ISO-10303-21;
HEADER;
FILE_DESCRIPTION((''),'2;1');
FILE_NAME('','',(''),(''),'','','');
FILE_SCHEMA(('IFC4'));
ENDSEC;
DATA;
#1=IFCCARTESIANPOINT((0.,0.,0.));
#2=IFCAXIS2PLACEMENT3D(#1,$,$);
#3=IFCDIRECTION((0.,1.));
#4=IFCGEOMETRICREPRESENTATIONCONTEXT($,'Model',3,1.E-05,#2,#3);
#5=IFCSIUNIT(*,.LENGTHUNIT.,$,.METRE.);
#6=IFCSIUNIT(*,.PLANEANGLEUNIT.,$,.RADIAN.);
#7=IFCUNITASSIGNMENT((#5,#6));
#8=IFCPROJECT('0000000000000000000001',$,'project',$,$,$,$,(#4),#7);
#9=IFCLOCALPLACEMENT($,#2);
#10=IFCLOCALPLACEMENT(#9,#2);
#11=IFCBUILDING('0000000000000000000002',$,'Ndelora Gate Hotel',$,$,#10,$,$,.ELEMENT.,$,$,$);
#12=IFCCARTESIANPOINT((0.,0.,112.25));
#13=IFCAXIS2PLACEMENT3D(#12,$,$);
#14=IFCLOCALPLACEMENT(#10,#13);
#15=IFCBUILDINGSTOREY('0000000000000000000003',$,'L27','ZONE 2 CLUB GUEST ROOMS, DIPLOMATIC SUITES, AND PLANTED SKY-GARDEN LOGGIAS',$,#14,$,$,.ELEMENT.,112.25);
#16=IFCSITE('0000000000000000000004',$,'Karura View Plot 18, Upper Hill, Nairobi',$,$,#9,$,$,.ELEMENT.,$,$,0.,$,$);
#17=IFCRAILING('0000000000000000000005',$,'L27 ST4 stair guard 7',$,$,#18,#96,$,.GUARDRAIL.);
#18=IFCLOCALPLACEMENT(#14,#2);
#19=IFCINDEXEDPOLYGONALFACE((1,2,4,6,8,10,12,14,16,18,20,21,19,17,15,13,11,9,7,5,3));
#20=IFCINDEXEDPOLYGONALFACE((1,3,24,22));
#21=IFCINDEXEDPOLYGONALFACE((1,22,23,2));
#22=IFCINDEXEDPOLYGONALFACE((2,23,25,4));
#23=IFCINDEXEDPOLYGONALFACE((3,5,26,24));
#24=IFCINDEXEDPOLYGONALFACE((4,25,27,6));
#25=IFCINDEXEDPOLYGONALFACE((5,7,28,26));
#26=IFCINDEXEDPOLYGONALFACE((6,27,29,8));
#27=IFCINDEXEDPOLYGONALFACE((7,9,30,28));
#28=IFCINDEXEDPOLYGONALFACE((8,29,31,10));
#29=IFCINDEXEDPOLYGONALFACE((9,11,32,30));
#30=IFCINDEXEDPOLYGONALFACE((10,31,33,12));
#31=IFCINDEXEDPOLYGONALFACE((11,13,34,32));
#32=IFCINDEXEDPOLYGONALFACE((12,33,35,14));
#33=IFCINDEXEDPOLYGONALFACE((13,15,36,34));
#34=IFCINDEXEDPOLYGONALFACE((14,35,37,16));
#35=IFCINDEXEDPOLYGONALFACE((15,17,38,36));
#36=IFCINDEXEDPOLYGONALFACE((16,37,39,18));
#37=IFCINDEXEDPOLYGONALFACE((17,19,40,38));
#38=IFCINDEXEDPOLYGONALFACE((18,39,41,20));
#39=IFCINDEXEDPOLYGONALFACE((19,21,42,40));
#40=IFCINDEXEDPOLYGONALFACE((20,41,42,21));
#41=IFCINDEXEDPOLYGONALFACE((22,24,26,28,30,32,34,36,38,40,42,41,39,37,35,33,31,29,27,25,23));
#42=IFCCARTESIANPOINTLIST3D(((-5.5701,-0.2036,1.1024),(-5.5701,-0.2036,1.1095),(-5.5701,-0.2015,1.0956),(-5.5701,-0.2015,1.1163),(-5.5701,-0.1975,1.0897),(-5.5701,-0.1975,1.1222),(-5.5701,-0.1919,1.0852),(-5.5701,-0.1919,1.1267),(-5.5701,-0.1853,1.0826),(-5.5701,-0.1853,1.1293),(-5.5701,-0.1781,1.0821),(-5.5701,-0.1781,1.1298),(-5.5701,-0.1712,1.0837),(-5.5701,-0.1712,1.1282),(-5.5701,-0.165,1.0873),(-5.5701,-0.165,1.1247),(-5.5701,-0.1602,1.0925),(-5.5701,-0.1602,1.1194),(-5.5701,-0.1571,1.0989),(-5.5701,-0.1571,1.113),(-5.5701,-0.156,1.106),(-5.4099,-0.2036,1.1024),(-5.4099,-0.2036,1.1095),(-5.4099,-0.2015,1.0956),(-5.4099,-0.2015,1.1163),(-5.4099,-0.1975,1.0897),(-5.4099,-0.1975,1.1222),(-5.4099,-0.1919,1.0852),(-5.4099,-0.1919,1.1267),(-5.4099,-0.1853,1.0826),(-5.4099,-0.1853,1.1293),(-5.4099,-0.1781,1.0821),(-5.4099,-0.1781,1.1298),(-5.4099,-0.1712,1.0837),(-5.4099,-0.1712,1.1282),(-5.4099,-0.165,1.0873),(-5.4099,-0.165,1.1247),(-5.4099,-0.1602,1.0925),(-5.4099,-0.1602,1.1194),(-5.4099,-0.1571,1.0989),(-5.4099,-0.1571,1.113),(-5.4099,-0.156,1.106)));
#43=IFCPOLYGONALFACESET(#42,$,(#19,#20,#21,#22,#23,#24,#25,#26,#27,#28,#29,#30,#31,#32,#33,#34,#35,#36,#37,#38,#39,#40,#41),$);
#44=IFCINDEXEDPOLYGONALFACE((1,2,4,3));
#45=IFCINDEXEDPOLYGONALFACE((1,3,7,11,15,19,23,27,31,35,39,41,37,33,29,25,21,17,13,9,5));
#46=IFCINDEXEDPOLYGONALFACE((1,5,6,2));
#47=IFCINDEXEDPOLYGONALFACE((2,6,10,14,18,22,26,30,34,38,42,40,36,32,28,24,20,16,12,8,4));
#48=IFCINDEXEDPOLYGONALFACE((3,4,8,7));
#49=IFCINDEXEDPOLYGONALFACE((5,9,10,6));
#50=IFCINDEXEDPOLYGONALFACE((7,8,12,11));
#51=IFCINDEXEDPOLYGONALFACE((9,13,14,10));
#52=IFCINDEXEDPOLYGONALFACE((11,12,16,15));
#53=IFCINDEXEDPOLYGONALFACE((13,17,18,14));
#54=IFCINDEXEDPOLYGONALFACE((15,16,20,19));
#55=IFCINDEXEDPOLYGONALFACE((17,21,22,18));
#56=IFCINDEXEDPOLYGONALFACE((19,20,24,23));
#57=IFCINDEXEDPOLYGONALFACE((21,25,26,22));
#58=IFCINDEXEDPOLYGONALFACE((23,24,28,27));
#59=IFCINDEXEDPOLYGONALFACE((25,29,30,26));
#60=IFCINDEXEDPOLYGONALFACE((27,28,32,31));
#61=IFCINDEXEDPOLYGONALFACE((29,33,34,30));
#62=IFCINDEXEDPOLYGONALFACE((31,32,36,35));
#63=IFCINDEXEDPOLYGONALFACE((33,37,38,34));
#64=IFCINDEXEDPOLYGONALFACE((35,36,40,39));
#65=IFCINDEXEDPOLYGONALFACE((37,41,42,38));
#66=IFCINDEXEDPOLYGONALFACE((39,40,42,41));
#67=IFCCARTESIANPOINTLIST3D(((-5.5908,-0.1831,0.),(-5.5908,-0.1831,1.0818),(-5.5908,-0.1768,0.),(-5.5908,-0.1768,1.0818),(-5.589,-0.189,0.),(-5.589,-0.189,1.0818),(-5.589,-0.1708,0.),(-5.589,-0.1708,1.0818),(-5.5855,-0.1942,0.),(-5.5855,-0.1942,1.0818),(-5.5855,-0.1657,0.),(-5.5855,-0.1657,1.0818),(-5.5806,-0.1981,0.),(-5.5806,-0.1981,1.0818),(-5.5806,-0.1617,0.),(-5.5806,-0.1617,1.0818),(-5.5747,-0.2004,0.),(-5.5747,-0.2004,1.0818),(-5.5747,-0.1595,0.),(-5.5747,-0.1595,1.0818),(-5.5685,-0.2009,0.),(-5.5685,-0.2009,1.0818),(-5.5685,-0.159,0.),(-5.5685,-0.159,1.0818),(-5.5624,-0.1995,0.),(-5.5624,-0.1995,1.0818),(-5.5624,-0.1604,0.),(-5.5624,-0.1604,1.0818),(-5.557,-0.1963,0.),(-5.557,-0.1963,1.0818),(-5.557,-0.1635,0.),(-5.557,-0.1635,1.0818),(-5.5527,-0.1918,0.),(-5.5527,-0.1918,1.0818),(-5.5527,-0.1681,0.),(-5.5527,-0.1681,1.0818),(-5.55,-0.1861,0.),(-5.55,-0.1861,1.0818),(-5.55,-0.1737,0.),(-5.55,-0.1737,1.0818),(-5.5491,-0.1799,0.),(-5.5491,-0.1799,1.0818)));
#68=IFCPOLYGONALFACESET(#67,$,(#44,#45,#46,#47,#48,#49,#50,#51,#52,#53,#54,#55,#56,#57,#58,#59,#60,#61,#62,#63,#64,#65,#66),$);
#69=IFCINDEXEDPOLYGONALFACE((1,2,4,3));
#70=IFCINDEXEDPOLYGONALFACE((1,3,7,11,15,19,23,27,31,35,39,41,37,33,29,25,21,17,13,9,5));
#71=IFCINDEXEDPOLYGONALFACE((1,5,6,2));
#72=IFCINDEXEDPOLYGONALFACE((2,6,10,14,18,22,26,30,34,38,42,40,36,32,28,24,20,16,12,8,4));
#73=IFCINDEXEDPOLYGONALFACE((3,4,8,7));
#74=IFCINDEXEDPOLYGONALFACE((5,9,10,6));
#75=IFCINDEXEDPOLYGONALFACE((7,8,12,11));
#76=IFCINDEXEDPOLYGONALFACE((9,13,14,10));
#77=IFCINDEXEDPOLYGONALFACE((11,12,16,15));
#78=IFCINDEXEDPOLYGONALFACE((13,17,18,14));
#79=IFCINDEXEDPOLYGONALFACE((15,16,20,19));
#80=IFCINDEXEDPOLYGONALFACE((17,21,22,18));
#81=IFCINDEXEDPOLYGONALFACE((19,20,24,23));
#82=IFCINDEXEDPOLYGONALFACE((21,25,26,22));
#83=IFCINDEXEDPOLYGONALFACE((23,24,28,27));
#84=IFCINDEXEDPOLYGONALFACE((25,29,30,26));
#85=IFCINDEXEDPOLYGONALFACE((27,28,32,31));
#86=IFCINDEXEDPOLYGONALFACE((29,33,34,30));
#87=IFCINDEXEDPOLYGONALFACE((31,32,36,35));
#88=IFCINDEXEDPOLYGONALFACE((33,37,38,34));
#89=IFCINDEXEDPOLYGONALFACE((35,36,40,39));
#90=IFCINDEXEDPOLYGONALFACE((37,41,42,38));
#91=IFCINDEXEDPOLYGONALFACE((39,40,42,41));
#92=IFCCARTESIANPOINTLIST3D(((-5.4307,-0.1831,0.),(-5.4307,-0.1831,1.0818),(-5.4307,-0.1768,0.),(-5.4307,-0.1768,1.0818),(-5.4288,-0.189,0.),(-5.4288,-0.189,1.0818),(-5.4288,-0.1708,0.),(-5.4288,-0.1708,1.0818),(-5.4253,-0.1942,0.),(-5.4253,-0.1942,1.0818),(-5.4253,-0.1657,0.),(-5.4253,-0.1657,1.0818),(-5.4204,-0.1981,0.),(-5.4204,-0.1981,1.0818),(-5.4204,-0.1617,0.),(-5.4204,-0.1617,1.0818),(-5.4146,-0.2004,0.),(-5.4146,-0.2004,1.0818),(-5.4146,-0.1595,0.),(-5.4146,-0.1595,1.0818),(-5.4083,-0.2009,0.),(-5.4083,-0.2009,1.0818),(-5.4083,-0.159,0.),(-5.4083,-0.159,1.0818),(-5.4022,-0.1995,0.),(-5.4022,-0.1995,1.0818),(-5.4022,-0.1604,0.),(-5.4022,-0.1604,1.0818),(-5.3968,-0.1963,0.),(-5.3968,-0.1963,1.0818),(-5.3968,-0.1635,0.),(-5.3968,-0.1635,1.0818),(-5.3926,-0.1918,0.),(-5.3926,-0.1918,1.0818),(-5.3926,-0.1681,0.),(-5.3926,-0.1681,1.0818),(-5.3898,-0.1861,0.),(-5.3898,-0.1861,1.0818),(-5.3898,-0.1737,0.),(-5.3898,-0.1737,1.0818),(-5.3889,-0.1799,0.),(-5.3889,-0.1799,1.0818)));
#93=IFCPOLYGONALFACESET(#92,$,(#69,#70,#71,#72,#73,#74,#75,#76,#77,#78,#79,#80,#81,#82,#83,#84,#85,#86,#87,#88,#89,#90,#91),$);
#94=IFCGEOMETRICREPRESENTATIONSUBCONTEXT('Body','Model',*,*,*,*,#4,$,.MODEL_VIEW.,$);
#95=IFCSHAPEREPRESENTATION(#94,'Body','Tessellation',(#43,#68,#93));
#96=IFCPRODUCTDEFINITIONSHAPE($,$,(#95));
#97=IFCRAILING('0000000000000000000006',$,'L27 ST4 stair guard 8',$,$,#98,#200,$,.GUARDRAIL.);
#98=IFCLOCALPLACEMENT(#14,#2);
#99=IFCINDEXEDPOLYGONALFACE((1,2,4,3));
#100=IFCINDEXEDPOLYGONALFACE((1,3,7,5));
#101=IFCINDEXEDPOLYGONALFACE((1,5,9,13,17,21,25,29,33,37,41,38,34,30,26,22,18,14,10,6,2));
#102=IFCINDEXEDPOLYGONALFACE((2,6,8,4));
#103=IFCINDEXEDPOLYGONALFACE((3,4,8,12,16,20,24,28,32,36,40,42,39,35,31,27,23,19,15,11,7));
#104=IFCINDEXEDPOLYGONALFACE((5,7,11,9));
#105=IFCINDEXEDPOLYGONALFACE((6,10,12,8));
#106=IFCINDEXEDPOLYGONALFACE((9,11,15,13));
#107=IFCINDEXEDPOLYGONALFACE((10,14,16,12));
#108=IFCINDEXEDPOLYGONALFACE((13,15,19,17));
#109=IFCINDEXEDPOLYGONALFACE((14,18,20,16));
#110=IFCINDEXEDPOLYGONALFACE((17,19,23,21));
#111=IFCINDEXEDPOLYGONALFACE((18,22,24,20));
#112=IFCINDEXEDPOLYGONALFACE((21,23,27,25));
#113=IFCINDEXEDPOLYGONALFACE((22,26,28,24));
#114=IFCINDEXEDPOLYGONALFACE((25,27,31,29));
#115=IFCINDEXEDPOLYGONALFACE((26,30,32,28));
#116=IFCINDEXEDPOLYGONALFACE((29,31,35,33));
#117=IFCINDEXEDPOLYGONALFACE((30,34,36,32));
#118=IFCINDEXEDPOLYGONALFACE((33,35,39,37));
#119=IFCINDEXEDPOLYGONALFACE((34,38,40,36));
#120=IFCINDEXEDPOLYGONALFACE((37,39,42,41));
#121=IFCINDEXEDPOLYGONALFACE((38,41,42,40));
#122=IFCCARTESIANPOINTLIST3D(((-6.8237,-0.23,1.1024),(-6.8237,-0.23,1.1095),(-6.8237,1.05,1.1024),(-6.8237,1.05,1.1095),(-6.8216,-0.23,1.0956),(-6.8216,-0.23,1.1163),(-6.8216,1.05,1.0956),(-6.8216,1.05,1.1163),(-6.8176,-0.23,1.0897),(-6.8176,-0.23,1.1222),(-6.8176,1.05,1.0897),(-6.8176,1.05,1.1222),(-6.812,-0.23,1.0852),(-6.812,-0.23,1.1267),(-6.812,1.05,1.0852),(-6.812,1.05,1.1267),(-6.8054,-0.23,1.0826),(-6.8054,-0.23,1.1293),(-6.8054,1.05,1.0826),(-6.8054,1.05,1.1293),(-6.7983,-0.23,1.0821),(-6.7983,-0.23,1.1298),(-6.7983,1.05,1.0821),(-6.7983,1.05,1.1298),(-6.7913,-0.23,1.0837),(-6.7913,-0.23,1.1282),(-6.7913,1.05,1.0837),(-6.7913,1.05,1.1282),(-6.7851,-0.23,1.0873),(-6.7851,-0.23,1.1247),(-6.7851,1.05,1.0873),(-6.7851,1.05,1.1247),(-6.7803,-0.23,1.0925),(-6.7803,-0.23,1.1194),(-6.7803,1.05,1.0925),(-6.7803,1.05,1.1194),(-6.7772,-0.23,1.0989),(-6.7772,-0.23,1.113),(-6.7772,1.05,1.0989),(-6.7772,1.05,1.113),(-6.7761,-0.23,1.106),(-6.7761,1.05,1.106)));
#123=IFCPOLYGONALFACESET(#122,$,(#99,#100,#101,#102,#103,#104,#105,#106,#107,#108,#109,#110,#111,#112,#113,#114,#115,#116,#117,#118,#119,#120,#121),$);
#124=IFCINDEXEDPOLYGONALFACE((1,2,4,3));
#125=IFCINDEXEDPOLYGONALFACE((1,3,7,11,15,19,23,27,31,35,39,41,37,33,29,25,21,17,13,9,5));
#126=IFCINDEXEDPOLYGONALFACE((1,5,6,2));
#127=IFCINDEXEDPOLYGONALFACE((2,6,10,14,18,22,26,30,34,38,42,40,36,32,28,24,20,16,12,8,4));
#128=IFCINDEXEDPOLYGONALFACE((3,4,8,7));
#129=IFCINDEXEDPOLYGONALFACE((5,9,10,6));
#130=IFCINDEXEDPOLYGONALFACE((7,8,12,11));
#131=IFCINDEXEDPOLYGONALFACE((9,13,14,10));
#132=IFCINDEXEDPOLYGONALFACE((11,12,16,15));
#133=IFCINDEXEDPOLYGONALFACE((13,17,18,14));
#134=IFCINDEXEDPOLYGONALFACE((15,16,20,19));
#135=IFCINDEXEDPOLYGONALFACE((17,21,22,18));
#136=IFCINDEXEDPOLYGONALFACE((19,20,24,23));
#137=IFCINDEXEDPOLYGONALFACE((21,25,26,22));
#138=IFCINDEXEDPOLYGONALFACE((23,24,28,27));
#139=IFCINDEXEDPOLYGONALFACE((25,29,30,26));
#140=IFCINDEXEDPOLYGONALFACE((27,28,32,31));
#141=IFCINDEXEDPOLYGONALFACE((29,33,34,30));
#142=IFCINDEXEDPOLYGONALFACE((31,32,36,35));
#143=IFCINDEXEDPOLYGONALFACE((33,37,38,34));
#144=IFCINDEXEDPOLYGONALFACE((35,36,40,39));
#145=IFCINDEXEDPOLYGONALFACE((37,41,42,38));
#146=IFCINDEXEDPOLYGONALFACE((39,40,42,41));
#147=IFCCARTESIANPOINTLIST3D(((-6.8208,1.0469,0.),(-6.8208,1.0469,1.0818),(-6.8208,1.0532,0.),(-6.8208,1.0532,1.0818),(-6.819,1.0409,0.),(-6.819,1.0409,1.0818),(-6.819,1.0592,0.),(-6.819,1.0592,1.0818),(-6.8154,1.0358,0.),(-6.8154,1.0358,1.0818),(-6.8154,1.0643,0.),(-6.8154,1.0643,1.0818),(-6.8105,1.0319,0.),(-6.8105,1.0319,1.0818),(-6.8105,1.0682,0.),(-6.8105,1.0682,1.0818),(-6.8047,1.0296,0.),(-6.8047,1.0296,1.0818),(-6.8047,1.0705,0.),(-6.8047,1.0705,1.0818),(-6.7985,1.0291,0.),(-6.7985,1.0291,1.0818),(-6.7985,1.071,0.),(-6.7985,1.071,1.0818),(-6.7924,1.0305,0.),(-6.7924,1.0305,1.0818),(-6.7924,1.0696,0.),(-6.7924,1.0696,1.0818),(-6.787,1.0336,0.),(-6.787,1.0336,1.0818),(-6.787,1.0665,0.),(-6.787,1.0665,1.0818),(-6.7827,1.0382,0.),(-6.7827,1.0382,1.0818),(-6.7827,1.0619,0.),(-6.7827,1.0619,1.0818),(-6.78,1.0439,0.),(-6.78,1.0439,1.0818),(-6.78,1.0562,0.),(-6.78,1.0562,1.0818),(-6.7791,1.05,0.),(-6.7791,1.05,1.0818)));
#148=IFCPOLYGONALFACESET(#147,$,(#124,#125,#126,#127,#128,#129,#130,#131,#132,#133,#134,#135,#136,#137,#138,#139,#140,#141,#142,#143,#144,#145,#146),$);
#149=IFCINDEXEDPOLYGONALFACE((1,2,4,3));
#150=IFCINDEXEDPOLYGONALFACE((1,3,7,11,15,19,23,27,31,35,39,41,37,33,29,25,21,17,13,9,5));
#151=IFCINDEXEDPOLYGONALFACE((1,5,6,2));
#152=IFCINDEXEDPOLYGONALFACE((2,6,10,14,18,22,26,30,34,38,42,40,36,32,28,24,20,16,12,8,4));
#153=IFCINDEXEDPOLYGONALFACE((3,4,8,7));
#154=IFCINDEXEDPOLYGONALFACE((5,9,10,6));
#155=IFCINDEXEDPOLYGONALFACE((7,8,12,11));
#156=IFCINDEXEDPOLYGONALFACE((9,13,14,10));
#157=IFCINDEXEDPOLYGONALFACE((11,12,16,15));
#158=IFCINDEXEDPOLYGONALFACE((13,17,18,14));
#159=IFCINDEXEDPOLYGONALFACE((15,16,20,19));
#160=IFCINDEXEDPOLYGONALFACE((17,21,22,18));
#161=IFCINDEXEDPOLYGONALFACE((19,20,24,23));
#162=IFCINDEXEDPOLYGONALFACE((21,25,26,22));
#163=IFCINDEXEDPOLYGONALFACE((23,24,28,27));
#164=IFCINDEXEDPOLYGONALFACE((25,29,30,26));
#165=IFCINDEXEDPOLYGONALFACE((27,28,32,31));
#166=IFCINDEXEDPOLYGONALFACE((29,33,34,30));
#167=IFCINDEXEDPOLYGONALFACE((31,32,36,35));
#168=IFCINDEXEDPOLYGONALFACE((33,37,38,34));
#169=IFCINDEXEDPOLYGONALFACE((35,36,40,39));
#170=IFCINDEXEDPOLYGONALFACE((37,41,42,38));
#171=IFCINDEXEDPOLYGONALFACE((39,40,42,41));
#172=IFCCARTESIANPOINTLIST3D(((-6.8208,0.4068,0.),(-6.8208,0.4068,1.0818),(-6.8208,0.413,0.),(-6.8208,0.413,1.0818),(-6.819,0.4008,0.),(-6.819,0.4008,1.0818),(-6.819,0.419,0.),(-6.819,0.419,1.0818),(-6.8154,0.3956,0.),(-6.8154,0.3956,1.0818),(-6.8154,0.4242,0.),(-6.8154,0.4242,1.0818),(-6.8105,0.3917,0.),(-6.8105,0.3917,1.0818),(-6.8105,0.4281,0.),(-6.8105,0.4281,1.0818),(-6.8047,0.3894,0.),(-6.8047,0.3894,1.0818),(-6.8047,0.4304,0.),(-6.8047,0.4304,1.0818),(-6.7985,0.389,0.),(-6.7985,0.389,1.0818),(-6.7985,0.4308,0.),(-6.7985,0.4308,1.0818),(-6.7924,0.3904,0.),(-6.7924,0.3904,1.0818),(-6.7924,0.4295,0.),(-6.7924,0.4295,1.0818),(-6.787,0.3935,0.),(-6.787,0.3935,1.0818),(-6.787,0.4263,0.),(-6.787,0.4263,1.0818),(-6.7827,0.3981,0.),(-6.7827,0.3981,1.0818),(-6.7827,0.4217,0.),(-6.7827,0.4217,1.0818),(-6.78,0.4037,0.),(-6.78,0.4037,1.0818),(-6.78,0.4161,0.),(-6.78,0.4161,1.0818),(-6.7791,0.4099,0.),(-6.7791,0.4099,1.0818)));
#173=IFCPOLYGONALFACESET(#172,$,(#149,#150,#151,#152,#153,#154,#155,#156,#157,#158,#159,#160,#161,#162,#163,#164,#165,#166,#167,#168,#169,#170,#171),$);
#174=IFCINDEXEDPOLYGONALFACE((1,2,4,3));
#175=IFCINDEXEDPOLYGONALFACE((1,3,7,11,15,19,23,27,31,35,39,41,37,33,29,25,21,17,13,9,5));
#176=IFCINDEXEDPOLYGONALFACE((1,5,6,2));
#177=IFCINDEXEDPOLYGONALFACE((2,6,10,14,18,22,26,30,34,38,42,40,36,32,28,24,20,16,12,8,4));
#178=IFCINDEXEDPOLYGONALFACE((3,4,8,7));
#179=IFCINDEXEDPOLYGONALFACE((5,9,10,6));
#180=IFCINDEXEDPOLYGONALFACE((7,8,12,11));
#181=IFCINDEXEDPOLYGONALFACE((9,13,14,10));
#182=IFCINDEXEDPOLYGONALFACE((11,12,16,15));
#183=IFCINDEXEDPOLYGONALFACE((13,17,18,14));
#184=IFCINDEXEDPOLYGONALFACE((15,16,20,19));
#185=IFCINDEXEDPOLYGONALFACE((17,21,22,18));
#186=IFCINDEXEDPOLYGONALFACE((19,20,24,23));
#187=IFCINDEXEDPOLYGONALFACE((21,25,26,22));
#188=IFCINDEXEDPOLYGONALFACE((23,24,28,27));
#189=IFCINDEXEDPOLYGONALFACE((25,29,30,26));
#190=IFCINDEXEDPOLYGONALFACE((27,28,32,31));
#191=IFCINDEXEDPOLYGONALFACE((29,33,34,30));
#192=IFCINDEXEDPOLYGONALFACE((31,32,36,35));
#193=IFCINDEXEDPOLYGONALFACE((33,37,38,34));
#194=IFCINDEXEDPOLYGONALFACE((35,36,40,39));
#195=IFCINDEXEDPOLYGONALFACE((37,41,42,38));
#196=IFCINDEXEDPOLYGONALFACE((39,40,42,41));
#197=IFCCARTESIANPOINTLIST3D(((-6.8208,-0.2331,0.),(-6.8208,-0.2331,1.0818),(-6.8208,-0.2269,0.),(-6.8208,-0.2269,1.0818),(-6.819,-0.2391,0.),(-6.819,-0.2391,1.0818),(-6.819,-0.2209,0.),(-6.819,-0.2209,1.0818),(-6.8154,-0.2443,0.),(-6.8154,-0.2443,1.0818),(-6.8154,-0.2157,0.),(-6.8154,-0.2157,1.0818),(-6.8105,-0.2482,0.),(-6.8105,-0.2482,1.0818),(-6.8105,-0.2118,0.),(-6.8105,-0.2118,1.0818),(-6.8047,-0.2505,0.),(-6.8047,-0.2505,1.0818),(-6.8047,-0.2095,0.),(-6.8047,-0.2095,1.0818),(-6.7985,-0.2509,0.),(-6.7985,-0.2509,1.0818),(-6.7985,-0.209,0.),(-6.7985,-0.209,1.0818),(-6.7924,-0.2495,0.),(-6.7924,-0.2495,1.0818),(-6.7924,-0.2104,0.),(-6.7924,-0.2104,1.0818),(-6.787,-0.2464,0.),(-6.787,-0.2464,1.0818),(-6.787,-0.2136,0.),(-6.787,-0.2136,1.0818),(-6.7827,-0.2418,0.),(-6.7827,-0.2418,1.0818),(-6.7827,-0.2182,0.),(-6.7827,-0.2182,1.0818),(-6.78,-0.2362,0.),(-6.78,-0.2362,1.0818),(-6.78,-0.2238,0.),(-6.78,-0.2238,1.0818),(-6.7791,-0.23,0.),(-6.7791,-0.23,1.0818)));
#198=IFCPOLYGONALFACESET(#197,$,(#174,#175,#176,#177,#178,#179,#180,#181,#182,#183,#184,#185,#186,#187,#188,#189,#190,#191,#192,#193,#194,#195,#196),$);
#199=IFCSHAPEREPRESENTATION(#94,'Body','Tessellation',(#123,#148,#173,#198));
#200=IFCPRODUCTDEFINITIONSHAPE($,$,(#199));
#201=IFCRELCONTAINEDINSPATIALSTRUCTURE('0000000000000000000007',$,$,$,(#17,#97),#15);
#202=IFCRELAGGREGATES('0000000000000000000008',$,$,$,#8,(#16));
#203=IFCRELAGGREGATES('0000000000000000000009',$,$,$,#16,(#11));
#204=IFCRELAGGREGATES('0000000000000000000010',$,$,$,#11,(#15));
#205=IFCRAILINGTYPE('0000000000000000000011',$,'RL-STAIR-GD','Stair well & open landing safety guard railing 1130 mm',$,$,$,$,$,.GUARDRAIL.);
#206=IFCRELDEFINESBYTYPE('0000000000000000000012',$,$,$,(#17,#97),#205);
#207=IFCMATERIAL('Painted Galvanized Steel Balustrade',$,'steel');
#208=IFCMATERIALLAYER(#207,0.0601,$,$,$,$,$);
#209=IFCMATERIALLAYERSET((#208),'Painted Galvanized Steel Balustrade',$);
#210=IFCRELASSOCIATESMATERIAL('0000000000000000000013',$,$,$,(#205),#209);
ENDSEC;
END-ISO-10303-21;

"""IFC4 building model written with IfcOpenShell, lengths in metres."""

from ifc_helpers import new_model, si_unit, direction, frame, origin, origin_2d, place, context, subcontext, project, spatial, circle, extrude, material, layer, layer_set, type_object, element, save


model = new_model("IFC4")

# Units and contexts
model_context = context("Model", 3, precision=1e-05, world=origin(), true_north=direction((0.0, 1.0)))
body_context = subcontext(model_context, "Body", "Model", "MODEL_VIEW")
ifc_project = project(units=[si_unit("LENGTHUNIT", "METRE"), si_unit("PLANEANGLEUNIT", "RADIAN")], contexts=[model_context])

# Site, building, storey
site_placement = place(None, origin())
site = spatial("IfcSite", under=ifc_project, at=site_placement, Name="Karura View Plot 18, Upper Hill, Nairobi", CompositionType="ELEMENT", RefElevation=0.0)
building_placement = place(site_placement, origin())
building = spatial("IfcBuilding", under=site, at=building_placement, Name="Ndelora Gate Hotel", CompositionType="ELEMENT")
storey_placement = place(building_placement, frame((0.0, 0.0, 112.25)))
storey = spatial("IfcBuildingStorey", under=building, at=storey_placement, Name="L27", Description="ZONE 2 CLUB GUEST ROOMS, DIPLOMATIC SUITES, AND PLANTED SKY-GARDEN LOGGIAS", CompositionType="ELEMENT", Elevation=112.25)

# Railings
ifc_material_1 = material(Name="Painted Galvanized Steel Balustrade", Category="steel")
ifc_layer_1 = layer(ifc_material_1, 0.0601)
ifc_layer_set_1 = layer_set([ifc_layer_1], Name="Painted Galvanized Steel Balustrade")
railing_type_1 = type_object("IfcRailingType", Name="RL-STAIR-GD", Description="Stair well & open landing safety guard railing 1130 mm", PredefinedType="GUARDRAIL", material=ifc_layer_set_1)
railing_1_placement = place(storey_placement, frame((-5.5701, -0.1799, 0.0)))
element("IfcRailing", 1, at=railing_1_placement, inside=storey, type_object=railing_type_1, Name="L27 ST4 stair guard 7", PredefinedType="GUARDRAIL", context=body_context, shape_type="SweptSolid", body=[
    extrude(circle(Radius=0.0239, at=origin_2d()), frame((0.0, 0.0, 1.106), z_axis=(1.0, 0.0, 0.0), x_axis=(0.0, 1.0, 0.0)), (0.0, 0.0, 1.0), 0.1602),
    extrude(circle(Radius=0.021, at=origin_2d()), origin(), (0.0, 0.0, 1.0), 1.0818),
    extrude(circle(Radius=0.021, at=origin_2d()), frame((0.1602, 0.0, 0.0)), (0.0, 0.0, 1.0), 1.0818),
])
for number, where, name in (
    (2, (-6.8, 1.05, 0.0), "L27 ST4 stair guard 8"),
):
    element("IfcRailing", number, at=place(storey_placement, frame(where)), inside=storey, type_object=railing_type_1, Name=name, PredefinedType="GUARDRAIL", context=body_context, shape_type="SweptSolid", body=[
        extrude(circle(Radius=0.0239, at=origin_2d()), frame((0.0, 0.0, 1.106), z_axis=(0.0, -1.0, 0.0), x_axis=(1.0, 0.0, 0.0)), (0.0, 0.0, 1.0), 1.28),
        extrude(circle(Radius=0.021, at=origin_2d()), origin(), (0.0, 0.0, 1.0), 1.0818),
        extrude(circle(Radius=0.021, at=origin_2d()), frame((0.0, -0.6401, 0.0)), (0.0, 0.0, 1.0), 1.0818),
        extrude(circle(Radius=0.021, at=origin_2d()), frame((0.0, -1.28, 0.0)), (0.0, 0.0, 1.0), 1.0818),
    ])

save(model, "model.ifc")
